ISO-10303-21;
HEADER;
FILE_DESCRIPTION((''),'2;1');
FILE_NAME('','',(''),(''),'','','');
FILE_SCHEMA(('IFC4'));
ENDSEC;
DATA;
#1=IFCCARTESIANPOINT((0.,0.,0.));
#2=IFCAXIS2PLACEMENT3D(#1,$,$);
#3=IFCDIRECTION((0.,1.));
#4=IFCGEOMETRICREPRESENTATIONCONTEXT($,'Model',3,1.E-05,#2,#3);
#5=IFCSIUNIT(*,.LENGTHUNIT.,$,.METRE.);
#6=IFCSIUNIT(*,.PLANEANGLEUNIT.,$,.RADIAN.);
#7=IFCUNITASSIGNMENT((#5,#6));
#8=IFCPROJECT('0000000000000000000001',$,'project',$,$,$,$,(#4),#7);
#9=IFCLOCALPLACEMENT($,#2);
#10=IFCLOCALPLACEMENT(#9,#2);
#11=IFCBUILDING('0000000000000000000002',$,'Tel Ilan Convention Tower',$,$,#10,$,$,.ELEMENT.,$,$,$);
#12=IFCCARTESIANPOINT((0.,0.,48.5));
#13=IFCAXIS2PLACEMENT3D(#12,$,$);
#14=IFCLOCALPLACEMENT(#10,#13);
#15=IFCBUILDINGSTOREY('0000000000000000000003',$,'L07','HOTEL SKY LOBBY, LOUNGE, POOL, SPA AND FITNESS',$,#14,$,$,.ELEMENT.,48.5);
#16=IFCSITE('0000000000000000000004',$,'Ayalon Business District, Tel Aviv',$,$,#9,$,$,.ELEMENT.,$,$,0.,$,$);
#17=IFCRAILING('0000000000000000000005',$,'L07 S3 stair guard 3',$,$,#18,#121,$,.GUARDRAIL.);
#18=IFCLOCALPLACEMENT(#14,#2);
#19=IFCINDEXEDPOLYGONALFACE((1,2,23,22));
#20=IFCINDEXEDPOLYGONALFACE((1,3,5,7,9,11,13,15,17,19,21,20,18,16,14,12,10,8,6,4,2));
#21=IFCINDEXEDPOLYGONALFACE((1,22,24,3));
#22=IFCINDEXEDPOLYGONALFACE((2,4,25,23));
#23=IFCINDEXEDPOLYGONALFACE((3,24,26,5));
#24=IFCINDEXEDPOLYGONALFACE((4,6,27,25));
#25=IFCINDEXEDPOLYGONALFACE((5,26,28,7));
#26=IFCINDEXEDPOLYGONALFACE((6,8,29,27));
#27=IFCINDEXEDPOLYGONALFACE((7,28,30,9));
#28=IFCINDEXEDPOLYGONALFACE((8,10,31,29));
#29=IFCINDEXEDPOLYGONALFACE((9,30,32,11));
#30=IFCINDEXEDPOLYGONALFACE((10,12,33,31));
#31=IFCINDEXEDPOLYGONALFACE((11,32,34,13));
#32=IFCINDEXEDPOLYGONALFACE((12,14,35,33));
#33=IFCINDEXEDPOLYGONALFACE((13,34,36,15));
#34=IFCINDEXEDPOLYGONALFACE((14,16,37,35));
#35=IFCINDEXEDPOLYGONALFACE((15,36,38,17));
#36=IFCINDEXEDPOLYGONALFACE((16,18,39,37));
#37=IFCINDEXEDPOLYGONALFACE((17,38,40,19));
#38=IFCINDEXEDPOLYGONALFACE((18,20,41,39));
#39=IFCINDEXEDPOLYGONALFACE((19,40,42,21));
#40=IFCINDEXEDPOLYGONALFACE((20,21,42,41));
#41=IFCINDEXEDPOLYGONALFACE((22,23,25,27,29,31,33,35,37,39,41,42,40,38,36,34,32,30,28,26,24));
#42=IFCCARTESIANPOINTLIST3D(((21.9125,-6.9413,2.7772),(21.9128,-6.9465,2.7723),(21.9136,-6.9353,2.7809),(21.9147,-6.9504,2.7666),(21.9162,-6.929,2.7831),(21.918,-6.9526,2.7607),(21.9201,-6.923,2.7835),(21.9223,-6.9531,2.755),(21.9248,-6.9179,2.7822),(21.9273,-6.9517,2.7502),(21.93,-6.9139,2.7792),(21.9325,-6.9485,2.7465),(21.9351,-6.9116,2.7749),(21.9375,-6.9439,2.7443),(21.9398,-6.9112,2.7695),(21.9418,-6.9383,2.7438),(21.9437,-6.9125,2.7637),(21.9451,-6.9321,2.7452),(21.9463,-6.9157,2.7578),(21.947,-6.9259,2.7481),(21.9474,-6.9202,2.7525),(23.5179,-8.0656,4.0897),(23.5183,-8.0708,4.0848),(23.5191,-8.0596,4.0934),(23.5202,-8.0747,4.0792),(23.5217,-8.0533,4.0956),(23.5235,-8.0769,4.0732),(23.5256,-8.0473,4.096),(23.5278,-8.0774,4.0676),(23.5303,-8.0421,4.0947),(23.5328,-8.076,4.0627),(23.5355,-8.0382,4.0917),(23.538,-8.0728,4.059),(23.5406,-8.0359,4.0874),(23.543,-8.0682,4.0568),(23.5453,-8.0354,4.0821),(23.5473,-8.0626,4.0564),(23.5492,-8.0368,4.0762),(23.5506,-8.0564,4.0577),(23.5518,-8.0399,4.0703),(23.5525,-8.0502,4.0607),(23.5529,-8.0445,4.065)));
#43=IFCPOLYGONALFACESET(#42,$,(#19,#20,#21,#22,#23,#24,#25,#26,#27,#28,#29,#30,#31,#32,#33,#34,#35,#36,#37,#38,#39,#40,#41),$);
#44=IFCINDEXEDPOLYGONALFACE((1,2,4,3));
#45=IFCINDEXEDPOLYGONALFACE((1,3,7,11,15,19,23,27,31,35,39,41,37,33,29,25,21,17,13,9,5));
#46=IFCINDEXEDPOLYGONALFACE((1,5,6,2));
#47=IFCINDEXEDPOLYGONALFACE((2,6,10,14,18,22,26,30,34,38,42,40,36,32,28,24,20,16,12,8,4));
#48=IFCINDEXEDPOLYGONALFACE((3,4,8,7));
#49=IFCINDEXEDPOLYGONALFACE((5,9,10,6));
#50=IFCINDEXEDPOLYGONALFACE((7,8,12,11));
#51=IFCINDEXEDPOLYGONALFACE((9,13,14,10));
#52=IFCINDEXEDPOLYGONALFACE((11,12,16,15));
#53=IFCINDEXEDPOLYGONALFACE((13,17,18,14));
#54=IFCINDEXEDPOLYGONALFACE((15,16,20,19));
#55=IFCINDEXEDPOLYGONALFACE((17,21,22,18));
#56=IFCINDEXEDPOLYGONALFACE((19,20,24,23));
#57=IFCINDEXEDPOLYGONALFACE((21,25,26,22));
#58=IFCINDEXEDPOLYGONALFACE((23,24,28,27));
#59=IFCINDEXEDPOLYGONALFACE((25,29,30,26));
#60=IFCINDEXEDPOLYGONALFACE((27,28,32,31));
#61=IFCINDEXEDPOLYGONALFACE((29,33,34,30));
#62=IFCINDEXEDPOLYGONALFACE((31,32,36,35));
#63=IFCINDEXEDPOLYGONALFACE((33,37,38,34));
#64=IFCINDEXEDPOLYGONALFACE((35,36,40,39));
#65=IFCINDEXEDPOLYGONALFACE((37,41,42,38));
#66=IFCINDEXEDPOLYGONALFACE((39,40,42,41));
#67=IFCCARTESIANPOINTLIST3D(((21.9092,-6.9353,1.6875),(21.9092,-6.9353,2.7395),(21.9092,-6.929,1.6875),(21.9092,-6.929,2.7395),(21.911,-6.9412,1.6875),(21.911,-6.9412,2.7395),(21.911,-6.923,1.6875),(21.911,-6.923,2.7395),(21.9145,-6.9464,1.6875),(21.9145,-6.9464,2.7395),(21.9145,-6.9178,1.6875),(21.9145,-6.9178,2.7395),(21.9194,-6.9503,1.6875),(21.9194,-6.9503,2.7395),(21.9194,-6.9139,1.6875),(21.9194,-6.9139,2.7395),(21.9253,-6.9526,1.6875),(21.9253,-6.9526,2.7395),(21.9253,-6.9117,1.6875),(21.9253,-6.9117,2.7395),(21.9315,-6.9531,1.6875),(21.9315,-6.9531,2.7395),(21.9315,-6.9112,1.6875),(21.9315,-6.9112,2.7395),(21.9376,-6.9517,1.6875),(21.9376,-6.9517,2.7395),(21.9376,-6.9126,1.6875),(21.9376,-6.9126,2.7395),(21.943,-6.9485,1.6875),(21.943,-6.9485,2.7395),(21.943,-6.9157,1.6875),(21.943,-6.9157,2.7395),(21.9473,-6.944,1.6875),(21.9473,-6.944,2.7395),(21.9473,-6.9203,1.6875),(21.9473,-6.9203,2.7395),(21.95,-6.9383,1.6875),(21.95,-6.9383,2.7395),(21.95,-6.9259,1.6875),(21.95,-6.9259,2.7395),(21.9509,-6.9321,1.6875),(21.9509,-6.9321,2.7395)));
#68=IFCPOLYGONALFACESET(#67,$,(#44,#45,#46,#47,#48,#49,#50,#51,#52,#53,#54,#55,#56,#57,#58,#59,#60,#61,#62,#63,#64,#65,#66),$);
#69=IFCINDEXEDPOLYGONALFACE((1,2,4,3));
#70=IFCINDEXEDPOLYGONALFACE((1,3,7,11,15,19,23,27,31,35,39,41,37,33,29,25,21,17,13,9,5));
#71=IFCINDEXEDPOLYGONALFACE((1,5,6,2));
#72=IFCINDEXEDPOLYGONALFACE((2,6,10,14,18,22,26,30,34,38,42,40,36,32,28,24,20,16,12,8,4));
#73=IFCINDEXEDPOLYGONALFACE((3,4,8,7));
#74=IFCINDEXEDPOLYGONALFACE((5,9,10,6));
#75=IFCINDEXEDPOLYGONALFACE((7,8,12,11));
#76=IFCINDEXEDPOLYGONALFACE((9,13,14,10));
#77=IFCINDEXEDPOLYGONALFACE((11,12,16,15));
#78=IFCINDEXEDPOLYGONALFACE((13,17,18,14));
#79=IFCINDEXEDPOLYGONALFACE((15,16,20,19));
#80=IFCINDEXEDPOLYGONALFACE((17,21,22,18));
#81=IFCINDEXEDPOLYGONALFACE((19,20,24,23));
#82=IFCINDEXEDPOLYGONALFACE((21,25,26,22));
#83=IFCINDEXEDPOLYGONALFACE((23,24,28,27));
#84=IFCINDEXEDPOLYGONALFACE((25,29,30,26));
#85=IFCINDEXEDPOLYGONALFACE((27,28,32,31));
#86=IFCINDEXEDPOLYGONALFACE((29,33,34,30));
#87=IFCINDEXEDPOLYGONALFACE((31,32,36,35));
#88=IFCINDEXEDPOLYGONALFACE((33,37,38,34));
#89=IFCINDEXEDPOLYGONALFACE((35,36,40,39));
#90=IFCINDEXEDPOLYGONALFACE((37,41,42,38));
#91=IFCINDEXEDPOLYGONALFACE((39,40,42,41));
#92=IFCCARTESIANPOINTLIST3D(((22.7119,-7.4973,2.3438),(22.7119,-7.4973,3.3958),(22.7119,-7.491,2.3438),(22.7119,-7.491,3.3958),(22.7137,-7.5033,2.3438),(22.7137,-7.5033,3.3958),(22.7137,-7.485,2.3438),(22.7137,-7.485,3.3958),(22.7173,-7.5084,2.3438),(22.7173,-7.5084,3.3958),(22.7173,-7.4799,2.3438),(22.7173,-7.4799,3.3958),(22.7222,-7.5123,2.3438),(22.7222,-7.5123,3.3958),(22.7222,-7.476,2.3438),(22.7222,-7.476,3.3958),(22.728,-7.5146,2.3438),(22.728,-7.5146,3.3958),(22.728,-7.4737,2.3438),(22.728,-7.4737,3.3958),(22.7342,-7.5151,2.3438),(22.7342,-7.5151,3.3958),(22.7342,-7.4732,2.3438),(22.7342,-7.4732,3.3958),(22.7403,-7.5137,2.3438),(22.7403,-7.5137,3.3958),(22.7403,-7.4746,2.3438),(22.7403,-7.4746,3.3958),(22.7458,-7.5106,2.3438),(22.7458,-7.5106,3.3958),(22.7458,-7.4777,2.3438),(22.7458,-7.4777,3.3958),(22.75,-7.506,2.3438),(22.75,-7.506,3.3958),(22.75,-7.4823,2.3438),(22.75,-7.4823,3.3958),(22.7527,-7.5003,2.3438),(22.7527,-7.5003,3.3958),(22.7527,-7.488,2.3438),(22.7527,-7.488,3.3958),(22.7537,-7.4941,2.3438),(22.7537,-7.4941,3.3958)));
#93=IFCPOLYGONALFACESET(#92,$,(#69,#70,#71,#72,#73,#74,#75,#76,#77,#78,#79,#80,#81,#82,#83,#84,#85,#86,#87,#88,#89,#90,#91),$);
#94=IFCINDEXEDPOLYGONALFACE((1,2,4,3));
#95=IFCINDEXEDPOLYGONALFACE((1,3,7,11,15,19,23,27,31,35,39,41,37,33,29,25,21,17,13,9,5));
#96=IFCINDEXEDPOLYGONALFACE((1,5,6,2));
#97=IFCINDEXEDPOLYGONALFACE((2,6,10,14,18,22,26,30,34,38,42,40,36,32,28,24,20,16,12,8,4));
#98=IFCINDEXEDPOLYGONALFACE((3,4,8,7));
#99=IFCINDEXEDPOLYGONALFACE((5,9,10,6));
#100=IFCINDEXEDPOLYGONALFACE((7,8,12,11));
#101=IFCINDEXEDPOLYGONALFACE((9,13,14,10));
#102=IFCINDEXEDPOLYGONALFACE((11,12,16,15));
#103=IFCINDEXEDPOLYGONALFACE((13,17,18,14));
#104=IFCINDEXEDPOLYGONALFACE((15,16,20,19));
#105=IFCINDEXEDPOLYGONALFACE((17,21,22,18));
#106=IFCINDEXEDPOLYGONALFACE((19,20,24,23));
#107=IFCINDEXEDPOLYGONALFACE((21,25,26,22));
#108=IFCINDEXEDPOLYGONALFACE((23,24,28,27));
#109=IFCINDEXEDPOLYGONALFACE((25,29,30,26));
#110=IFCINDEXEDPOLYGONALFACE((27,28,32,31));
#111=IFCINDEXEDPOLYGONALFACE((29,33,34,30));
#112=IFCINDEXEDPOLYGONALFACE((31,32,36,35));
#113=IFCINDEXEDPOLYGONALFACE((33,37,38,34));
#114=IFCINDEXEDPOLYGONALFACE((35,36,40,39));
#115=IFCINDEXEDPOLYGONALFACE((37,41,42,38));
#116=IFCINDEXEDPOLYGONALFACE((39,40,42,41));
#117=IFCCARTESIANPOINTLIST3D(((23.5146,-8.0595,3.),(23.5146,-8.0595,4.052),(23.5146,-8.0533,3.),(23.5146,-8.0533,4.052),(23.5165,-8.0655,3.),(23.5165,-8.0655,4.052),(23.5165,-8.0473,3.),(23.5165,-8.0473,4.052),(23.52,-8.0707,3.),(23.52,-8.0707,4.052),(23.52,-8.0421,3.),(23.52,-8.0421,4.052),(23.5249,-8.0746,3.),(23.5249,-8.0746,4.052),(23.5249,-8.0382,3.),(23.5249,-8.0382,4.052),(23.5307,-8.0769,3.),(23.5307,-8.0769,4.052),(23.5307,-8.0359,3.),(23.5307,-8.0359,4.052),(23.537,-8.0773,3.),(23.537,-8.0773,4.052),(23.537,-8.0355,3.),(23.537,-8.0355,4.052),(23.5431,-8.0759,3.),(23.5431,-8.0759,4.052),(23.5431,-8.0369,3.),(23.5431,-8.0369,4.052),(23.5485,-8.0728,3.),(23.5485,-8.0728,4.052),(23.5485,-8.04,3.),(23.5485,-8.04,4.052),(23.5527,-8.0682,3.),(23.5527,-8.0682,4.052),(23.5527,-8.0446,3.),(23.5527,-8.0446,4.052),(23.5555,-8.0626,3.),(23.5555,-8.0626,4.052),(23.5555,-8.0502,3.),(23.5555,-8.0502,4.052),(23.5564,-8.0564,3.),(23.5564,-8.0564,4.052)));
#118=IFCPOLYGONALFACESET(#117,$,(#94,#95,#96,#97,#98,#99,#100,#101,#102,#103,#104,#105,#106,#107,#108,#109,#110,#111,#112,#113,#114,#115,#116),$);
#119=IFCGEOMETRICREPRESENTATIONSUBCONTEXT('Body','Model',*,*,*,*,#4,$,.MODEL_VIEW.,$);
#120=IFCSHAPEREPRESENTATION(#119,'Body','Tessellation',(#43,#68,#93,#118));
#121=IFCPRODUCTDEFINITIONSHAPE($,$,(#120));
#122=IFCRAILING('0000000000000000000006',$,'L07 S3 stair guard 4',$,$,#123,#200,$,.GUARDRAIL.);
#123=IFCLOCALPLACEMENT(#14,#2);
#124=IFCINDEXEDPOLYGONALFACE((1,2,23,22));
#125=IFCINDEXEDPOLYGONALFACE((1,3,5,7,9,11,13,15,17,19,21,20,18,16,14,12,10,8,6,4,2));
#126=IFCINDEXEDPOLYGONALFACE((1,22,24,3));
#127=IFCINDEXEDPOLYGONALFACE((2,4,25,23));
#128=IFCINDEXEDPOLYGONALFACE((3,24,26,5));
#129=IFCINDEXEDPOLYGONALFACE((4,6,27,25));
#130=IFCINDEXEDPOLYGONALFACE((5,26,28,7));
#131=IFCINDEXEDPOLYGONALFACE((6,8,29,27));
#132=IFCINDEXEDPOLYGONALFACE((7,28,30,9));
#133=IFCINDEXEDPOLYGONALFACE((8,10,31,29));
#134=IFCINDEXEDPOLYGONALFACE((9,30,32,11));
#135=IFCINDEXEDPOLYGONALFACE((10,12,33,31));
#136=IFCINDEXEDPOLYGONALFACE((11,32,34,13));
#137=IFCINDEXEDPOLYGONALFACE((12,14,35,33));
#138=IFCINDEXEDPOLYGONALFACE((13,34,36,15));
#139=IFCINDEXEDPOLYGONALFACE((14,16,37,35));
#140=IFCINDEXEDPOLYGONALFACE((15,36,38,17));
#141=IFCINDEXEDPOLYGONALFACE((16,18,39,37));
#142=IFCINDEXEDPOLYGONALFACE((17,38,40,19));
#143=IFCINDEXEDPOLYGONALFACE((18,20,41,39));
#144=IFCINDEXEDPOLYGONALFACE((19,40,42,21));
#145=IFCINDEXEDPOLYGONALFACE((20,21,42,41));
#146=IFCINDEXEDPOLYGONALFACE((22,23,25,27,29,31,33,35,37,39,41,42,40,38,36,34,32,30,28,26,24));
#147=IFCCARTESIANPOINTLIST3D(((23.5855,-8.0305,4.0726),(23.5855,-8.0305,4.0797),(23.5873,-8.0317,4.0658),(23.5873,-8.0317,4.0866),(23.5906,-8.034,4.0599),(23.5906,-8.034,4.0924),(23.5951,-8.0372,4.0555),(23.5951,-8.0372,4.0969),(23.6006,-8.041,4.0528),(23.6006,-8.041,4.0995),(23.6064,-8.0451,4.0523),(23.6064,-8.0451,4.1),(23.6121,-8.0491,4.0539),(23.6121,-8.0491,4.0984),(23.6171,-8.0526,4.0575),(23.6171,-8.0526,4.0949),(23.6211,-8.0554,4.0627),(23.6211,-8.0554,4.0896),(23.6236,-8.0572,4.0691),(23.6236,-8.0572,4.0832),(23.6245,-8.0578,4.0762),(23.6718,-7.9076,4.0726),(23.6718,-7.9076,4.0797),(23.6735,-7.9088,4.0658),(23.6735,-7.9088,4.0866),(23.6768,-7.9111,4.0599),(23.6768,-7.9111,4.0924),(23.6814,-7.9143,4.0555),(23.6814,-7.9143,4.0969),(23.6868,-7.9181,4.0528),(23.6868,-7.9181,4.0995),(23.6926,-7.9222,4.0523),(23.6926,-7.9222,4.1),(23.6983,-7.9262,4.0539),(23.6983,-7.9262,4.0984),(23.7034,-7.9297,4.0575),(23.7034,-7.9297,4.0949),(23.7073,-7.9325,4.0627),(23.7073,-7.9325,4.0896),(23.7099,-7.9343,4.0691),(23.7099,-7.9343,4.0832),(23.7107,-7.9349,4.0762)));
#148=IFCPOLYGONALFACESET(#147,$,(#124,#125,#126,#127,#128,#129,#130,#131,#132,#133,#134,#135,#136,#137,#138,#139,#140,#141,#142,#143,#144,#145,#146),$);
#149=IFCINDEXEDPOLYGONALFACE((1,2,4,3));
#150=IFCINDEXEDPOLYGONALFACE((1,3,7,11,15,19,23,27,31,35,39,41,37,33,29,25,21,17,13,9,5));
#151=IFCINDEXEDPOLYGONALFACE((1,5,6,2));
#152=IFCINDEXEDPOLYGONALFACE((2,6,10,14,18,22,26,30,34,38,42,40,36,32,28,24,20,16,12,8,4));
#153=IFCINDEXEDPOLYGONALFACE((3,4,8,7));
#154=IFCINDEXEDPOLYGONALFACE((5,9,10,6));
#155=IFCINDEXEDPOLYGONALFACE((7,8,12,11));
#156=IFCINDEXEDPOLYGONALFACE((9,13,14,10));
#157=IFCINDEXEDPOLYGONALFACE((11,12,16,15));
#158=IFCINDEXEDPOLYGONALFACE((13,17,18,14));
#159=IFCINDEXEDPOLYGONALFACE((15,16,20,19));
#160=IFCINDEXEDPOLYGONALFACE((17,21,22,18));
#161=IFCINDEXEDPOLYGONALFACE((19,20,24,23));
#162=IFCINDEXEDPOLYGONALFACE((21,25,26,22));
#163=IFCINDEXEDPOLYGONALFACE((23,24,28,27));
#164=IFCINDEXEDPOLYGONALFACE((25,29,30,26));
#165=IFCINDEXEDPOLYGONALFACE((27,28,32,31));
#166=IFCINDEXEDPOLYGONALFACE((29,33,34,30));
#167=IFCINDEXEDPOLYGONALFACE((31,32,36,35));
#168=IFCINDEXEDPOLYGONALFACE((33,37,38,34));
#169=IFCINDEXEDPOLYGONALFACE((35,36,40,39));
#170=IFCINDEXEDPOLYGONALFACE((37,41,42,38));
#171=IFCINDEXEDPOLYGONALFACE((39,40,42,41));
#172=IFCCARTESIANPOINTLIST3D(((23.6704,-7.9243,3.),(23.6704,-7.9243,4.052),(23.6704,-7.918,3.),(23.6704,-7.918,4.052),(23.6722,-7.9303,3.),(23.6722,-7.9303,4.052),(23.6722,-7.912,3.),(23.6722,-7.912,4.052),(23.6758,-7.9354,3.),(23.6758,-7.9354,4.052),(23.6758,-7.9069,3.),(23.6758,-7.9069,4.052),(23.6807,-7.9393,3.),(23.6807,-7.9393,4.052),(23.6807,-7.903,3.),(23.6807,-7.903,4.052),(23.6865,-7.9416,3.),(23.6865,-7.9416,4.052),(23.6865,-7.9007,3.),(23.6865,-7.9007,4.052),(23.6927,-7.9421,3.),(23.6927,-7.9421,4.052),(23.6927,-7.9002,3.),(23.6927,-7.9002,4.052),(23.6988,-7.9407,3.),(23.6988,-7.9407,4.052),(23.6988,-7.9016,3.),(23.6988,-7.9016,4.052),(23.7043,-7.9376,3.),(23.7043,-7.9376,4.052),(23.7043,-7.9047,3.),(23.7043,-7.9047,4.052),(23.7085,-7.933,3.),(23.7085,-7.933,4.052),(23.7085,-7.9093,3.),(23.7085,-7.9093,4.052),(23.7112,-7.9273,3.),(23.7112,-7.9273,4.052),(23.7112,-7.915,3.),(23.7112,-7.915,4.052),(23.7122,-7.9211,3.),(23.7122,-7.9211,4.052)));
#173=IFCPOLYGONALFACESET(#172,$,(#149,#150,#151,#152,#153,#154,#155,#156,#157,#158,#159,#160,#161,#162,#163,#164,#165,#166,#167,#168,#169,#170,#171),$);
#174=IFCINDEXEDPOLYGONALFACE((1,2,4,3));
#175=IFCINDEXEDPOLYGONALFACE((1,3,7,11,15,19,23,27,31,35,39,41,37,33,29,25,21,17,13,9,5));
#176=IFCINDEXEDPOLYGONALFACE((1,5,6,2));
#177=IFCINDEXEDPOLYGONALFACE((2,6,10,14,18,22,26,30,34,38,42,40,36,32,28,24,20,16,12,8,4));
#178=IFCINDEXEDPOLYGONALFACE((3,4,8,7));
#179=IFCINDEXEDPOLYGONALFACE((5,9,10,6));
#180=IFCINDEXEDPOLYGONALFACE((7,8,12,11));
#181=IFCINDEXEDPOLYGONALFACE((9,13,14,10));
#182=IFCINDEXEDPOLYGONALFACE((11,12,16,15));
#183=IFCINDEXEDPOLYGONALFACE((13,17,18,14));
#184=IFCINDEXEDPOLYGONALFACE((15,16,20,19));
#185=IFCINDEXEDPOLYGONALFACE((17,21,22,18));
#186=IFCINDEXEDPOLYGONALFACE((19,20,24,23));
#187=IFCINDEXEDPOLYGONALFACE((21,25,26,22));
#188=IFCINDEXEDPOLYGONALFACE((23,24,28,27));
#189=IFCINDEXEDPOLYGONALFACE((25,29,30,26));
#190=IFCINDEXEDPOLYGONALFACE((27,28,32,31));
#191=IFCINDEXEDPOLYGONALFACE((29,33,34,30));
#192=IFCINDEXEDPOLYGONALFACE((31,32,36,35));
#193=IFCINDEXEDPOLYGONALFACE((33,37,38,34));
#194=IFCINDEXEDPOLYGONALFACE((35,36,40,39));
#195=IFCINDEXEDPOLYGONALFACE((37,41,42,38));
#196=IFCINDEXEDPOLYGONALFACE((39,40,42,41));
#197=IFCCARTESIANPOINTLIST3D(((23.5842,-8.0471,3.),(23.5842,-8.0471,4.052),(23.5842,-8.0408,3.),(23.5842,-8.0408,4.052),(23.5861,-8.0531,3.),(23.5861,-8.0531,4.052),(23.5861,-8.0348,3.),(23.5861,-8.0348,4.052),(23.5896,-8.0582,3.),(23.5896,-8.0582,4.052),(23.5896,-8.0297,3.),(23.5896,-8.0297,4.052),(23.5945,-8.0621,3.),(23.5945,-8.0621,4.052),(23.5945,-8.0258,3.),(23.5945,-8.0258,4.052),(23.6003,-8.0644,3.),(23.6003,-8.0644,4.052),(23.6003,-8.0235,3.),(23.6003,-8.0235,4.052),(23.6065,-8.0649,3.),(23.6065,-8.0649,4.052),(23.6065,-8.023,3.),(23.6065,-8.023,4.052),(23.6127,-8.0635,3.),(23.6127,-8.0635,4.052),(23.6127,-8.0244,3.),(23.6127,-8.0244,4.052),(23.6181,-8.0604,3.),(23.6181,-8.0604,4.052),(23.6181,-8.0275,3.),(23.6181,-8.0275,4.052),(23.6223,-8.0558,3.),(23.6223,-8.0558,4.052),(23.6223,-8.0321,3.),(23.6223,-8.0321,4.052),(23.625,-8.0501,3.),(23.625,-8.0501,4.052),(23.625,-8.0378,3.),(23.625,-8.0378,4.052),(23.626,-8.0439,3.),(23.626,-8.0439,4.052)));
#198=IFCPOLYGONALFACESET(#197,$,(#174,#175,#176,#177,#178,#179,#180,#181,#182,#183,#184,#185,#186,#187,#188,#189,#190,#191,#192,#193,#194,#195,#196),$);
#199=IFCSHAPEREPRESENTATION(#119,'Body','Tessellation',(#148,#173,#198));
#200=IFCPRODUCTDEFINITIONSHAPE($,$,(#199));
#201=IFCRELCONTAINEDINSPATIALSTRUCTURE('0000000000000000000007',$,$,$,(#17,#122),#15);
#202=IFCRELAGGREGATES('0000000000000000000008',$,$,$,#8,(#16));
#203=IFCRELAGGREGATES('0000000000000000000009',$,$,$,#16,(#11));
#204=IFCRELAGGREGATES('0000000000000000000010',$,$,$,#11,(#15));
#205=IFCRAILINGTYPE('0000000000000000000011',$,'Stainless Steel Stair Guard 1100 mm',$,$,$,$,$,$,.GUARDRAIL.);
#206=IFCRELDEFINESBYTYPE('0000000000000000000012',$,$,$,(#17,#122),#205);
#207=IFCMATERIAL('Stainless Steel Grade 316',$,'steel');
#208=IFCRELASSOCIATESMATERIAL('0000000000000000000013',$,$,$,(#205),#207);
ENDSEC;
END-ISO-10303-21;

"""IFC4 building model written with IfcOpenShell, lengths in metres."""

from ifc_helpers import new_model, si_unit, direction, frame, origin, origin_2d, place, context, subcontext, project, spatial, circle, extrude, material, type_object, element, save


model = new_model("IFC4")

# Units and contexts
model_context = context("Model", 3, precision=1e-05, world=origin(), true_north=direction((0.0, 1.0)))
body_context = subcontext(model_context, "Body", "Model", "MODEL_VIEW")
ifc_project = project(units=[si_unit("LENGTHUNIT", "METRE"), si_unit("PLANEANGLEUNIT", "RADIAN")], contexts=[model_context])

# Site, building, storey
site_placement = place(None, origin())
site = spatial("IfcSite", under=ifc_project, at=site_placement, Name="Ayalon Business District, Tel Aviv", CompositionType="ELEMENT", RefElevation=0.0)
building_placement = place(site_placement, origin())
building = spatial("IfcBuilding", under=site, at=building_placement, Name="Tel Ilan Convention Tower", CompositionType="ELEMENT")
storey_placement = place(building_placement, frame((0.0, 0.0, 48.5)))
storey = spatial("IfcBuildingStorey", under=building, at=storey_placement, Name="L07", Description="HOTEL SKY LOBBY, LOUNGE, POOL, SPA AND FITNESS", CompositionType="ELEMENT", Elevation=48.5)

# Railings
ifc_material_1 = material(Name="Stainless Steel Grade 316", Category="steel")
railing_type_1 = type_object("IfcRailingType", Name="Stainless Steel Stair Guard 1100 mm", PredefinedType="GUARDRAIL", material=ifc_material_1)
railing_1_placement = place(storey_placement, frame((21.9299, -6.9321, 1.6875)))
element("IfcRailing", 1, at=railing_1_placement, inside=storey, type_object=railing_type_1, Name="L07 S3 stair guard 3", PredefinedType="GUARDRAIL", context=body_context, shape_type="SweptSolid", body=[
    extrude(circle(Radius=0.0239, at=origin_2d()), frame((0.0, 0.0, 1.0762), z_axis=(0.680616, -0.476617, 0.556416), x_axis=(0.573613, 0.819127, 0.0)), (0.0, 0.0, 1.0), 2.3589),
    extrude(circle(Radius=0.021, at=origin_2d()), origin(), (0.0, 0.0, 1.0), 1.052),
    extrude(circle(Radius=0.021, at=origin_2d()), frame((0.8027, -0.562, 0.6562)), (0.0, 0.0, 1.0), 1.052),
    extrude(circle(Radius=0.021, at=origin_2d()), frame((1.6055, -1.1243, 1.3125)), (0.0, 0.0, 1.0), 1.052),
])
railing_2_placement = place(storey_placement, frame((23.6912, -7.9211, 3.0)))
element("IfcRailing", 2, at=railing_2_placement, inside=storey, type_object=railing_type_1, Name="L07 S3 stair guard 4", PredefinedType="GUARDRAIL", context=body_context, shape_type="SweptSolid", body=[
    extrude(circle(Radius=0.0239, at=origin_2d()), frame((0.0, 0.0, 1.0762), z_axis=(-0.574445, -0.818543, 0.0), x_axis=(0.818543, -0.574445, 0.0)), (0.0, 0.0, 1.0), 0.1501),
    extrude(circle(Radius=0.021, at=origin_2d()), origin(), (0.0, 0.0, 1.0), 1.052),
    extrude(circle(Radius=0.021, at=origin_2d()), frame((-0.0862, -0.1228, 0.0)), (0.0, 0.0, 1.0), 1.052),
])

save(model, "model.ifc")
